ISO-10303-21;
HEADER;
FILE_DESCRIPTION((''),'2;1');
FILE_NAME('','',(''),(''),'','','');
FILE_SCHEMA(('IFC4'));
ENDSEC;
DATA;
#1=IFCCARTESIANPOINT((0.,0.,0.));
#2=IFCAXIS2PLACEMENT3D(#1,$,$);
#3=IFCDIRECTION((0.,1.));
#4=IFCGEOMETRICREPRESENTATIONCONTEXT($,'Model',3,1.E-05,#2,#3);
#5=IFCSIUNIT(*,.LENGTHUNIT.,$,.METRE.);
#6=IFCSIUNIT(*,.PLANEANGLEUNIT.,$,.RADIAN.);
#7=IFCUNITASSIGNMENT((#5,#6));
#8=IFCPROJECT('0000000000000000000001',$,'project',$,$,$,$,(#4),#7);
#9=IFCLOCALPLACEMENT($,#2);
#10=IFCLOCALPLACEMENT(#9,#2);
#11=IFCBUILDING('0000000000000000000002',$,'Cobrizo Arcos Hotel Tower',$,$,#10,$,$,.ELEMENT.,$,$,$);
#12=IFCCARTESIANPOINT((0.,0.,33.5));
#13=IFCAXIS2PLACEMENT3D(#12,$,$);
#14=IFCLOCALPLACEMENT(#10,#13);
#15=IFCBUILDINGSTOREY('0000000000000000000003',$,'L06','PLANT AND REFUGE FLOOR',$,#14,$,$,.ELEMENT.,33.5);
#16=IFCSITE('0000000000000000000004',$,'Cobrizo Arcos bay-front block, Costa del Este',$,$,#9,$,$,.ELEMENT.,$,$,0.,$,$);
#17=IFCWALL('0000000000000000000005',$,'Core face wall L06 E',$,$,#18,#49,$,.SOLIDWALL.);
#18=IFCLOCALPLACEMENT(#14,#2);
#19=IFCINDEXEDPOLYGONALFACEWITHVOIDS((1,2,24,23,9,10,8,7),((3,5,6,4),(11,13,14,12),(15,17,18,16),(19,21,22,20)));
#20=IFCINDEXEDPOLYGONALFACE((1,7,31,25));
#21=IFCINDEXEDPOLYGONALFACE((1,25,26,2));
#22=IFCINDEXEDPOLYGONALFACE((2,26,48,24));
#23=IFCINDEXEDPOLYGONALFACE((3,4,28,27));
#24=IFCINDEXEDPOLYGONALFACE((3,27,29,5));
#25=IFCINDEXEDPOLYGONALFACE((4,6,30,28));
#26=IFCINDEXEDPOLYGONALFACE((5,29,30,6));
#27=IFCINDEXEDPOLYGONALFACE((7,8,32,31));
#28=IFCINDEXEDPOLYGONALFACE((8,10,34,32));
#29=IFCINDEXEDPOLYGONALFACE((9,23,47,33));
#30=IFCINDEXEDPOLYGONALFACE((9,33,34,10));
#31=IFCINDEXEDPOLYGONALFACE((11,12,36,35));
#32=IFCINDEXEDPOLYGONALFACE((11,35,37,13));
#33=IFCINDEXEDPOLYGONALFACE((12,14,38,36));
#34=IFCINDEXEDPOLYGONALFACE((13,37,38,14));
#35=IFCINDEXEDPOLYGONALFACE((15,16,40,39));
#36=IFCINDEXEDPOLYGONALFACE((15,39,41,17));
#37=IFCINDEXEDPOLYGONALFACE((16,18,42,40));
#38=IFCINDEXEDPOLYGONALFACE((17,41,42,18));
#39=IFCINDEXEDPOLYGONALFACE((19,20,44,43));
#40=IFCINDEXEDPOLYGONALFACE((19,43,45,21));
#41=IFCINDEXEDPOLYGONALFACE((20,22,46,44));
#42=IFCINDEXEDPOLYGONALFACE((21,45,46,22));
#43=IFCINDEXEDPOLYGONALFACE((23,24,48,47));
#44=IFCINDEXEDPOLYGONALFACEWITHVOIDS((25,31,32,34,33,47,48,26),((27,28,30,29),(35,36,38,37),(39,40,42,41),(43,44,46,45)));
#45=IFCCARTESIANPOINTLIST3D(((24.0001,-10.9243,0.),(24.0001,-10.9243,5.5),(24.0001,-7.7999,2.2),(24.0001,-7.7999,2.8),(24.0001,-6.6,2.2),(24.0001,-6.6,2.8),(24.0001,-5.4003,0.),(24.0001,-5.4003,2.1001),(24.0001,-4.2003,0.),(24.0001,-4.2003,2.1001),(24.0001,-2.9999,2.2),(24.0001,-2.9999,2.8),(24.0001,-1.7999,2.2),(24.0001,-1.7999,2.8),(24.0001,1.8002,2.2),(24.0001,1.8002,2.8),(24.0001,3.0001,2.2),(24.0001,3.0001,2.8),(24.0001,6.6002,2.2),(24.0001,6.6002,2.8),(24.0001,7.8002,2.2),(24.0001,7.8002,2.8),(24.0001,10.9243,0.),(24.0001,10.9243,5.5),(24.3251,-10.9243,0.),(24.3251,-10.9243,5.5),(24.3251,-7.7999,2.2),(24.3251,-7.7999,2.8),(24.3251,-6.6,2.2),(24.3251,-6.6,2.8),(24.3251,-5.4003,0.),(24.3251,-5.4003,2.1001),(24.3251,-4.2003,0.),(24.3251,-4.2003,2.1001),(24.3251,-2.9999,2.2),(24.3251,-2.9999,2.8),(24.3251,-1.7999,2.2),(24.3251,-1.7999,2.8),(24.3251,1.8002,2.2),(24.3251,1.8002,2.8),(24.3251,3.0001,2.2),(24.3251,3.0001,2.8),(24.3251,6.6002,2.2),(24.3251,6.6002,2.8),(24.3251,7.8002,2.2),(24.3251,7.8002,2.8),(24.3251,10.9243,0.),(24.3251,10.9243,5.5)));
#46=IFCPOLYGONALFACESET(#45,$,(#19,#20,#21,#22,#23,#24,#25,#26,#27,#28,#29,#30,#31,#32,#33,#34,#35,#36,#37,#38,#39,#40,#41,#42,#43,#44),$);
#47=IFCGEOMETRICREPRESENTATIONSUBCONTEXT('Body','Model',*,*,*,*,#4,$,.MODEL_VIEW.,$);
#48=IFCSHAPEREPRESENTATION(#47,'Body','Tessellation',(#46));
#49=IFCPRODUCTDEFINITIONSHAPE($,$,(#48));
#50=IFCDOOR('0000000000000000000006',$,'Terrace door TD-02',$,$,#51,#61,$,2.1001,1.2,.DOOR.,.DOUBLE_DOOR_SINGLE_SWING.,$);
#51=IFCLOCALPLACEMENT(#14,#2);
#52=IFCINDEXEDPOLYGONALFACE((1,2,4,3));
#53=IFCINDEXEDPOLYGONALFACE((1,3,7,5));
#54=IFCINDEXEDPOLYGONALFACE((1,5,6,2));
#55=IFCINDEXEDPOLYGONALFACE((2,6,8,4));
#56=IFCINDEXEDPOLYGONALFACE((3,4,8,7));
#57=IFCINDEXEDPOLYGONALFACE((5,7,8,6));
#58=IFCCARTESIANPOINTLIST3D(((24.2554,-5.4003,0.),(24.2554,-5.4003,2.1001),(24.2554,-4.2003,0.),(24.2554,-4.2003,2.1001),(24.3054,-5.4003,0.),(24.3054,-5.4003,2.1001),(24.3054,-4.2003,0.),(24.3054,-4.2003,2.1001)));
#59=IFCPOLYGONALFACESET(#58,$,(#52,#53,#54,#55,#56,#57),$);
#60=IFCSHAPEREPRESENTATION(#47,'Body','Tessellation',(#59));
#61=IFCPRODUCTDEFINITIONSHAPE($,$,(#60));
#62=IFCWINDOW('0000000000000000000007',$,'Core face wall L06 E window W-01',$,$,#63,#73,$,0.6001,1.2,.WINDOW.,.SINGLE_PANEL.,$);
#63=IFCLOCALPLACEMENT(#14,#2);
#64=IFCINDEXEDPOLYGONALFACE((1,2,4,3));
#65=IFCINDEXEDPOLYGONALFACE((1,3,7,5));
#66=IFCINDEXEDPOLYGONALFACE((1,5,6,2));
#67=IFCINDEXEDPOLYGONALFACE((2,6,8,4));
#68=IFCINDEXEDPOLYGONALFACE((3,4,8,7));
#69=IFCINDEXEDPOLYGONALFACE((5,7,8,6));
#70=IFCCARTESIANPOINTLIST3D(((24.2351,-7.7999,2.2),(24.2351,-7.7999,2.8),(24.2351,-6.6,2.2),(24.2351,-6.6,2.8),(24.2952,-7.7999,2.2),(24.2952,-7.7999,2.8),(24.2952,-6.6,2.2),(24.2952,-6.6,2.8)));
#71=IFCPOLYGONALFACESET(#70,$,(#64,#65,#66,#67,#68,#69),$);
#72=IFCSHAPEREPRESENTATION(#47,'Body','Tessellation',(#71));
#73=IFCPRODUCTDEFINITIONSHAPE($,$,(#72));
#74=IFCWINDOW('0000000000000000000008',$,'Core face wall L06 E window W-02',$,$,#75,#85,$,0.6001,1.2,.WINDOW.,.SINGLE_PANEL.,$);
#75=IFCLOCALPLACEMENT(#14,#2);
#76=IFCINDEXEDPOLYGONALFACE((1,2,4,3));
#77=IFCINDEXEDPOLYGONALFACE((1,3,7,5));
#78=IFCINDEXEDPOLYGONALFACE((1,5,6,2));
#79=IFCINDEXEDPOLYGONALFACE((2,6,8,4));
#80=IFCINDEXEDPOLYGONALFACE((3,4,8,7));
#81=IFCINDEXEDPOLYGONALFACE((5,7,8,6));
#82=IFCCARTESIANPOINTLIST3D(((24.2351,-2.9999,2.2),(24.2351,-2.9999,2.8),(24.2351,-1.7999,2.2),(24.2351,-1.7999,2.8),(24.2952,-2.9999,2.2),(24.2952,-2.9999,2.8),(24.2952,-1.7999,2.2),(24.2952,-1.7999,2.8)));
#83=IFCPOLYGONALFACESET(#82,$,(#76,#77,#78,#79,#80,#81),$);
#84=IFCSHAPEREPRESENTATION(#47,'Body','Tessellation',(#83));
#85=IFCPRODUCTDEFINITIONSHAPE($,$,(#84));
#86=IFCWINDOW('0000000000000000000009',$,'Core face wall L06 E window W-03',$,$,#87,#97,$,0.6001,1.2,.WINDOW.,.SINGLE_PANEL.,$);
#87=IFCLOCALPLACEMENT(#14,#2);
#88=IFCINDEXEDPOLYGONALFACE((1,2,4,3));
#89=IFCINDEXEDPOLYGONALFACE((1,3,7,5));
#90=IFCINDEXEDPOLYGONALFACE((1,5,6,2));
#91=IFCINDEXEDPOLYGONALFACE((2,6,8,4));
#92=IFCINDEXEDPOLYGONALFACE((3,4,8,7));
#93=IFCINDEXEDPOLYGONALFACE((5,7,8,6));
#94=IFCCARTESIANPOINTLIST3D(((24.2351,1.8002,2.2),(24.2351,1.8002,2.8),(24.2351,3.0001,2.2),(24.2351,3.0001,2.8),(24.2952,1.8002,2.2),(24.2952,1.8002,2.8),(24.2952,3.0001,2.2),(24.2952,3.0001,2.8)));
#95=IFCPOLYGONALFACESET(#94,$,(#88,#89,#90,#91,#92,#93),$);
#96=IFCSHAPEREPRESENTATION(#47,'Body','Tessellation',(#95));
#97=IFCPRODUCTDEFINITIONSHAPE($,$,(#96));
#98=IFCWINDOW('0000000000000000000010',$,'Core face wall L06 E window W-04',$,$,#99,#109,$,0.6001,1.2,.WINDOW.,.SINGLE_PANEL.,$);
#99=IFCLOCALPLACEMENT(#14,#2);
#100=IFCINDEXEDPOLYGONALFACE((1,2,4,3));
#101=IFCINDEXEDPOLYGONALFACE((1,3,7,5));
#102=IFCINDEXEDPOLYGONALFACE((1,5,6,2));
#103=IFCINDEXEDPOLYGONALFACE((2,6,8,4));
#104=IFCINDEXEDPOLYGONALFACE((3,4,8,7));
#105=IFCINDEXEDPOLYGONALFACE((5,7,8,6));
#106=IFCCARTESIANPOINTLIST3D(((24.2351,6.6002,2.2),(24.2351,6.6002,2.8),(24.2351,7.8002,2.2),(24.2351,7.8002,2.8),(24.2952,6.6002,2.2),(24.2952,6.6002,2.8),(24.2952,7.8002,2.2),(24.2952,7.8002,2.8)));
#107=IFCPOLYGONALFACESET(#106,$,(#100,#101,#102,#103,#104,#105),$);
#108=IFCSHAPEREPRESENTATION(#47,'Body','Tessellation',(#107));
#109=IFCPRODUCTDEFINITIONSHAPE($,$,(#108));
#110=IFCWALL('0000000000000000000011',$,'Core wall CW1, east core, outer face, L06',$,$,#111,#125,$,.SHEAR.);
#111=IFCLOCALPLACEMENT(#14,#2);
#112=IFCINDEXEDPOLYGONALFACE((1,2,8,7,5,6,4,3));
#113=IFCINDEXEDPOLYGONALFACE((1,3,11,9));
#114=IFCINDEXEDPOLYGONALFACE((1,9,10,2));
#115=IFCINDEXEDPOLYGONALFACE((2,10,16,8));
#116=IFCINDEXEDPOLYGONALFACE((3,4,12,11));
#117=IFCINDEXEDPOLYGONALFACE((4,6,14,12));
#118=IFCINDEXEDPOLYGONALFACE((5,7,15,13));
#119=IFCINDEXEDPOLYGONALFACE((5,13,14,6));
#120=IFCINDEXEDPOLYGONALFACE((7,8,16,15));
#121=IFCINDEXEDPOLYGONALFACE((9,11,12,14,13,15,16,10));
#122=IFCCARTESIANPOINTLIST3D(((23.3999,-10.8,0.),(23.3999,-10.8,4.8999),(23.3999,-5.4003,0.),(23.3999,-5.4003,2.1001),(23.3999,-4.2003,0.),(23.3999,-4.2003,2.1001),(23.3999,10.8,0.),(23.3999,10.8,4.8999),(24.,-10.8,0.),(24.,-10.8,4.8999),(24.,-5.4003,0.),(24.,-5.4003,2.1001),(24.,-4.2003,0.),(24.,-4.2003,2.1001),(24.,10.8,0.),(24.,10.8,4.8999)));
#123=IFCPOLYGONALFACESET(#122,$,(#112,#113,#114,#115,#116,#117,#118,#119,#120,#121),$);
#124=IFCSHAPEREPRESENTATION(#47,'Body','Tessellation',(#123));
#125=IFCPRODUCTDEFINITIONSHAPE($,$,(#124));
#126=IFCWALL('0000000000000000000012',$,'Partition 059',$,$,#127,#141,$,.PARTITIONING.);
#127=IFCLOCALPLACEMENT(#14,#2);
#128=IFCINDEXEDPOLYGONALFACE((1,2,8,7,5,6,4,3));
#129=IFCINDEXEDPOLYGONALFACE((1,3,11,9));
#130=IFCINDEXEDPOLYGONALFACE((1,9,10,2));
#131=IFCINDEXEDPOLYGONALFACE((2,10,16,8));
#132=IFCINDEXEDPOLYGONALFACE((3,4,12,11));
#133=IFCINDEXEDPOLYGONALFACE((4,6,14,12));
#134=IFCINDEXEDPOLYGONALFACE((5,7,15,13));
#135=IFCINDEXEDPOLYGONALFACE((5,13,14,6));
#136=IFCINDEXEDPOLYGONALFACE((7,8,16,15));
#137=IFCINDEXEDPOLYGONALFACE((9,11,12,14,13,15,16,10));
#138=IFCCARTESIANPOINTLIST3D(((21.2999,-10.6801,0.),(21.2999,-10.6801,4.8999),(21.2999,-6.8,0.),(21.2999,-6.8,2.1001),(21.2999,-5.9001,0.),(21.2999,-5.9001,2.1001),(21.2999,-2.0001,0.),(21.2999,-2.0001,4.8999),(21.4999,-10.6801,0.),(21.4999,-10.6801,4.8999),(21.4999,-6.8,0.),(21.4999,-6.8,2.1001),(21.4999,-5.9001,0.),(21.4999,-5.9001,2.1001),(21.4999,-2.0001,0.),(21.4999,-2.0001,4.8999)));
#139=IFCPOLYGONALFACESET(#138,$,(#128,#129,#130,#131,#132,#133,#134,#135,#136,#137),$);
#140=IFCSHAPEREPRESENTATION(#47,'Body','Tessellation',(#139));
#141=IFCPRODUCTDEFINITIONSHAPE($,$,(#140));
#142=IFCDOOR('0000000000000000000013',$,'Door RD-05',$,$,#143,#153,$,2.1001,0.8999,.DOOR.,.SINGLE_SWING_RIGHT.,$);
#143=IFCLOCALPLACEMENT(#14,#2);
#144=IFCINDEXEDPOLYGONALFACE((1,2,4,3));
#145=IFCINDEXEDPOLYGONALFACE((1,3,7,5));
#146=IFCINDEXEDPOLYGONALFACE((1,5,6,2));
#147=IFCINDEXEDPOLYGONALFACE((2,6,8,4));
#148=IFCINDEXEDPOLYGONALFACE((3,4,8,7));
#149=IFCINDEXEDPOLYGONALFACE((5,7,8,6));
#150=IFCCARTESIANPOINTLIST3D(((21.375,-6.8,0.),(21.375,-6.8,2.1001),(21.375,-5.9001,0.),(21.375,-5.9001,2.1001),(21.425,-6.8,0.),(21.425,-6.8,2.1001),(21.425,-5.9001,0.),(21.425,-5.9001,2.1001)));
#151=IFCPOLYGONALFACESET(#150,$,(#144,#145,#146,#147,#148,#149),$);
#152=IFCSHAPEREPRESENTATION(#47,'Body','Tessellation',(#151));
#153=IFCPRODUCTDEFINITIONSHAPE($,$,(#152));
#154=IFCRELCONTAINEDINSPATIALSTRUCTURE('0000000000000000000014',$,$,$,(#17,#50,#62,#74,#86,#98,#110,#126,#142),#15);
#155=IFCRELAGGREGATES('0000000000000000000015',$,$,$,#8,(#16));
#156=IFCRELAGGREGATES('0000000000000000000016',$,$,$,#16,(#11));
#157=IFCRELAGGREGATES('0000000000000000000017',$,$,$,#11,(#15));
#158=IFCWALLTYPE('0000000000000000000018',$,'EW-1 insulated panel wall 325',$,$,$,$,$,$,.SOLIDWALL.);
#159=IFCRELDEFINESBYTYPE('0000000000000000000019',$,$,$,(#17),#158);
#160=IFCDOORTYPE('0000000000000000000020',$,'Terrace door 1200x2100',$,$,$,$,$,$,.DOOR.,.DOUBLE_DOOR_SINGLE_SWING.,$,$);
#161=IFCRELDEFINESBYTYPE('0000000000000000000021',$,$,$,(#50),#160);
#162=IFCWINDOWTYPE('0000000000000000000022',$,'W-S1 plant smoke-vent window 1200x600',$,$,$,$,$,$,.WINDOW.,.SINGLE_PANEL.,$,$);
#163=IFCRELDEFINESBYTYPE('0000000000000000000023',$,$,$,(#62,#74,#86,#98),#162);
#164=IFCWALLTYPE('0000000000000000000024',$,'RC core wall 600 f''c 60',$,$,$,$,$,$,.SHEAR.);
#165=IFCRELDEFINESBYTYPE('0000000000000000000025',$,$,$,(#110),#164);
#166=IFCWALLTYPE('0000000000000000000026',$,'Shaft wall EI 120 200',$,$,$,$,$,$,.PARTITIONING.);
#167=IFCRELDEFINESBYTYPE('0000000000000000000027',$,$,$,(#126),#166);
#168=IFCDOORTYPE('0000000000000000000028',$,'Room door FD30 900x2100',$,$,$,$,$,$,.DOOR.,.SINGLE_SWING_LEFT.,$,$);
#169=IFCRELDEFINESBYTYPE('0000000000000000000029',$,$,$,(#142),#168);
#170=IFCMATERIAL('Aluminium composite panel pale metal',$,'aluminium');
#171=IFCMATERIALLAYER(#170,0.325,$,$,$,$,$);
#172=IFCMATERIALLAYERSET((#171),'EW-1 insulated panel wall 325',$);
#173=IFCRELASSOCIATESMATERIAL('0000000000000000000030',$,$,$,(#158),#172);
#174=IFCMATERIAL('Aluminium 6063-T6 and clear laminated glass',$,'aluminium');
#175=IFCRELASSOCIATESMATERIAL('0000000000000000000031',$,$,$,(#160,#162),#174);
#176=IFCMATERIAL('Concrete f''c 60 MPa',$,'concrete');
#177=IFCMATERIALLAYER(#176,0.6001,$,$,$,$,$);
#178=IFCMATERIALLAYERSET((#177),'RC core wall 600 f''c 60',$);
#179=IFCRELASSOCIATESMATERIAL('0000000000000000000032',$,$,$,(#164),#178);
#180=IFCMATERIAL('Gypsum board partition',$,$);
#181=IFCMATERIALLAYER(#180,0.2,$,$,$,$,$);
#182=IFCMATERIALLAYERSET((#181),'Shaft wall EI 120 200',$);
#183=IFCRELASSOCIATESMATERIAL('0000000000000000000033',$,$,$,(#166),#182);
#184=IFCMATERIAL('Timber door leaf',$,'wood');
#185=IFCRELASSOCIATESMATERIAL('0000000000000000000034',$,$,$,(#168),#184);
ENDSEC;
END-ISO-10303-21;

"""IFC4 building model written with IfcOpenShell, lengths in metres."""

from ifc_helpers import new_model, si_unit, direction, frame, frame_2d, origin, place, context, subcontext, project, spatial, rectangle, extrude, material, layer, layer_set, type_object, element, fill, save


model = new_model("IFC4")

# Units and contexts
model_context = context("Model", 3, precision=1e-05, world=origin(), true_north=direction((0.0, 1.0)))
body_context = subcontext(model_context, "Body", "Model", "MODEL_VIEW")
ifc_project = project(units=[si_unit("LENGTHUNIT", "METRE"), si_unit("PLANEANGLEUNIT", "RADIAN")], contexts=[model_context])

# Site, building, storey
site_placement = place(None, origin())
site = spatial("IfcSite", under=ifc_project, at=site_placement, Name="Cobrizo Arcos bay-front block, Costa del Este", CompositionType="ELEMENT", RefElevation=0.0)
building_placement = place(site_placement, origin())
building = spatial("IfcBuilding", under=site, at=building_placement, Name="Cobrizo Arcos Hotel Tower", CompositionType="ELEMENT")
storey_placement = place(building_placement, frame((0.0, 0.0, 33.5)))
storey = spatial("IfcBuildingStorey", under=building, at=storey_placement, Name="L06", Description="PLANT AND REFUGE FLOOR", CompositionType="ELEMENT", Elevation=33.5)

# Shared definitions
ifc_material_1 = material(Name="Aluminium composite panel pale metal", Category="aluminium")

# Wall, openings, door, windows
ifc_layer_1 = layer(ifc_material_1, 0.325)
ifc_layer_set_1 = layer_set([ifc_layer_1], Name="EW-1 insulated panel wall 325")
wall_type_1 = type_object("IfcWallType", Name="EW-1 insulated panel wall 325", PredefinedType="SOLIDWALL", material=ifc_layer_set_1)
wall_1_placement = place(storey_placement, frame((24.1626, -10.9243, 0.0), z_axis=(0.0, 0.0, 1.0), x_axis=(0.0, 1.0, 0.0)))
wall_1 = element("IfcWall", 1, at=wall_1_placement, inside=storey, type_object=wall_type_1, Name="Core face wall L06 E", PredefinedType="SOLIDWALL", context=body_context, shape_type="SweptSolid", body=[
    extrude(rectangle(XDim=21.8486, YDim=0.325, at=frame_2d((10.9243, 0.0))), origin(), (0.0, 0.0, 1.0), 5.5),
])
opening_1_placement = place(wall_1_placement, frame((3.1243, 0.0, 2.2)))
opening_1 = element("IfcOpeningElement", 2, at=opening_1_placement, cuts=wall_1, PredefinedType="OPENING", context=body_context, shape_type="SweptSolid", body=[
    extrude(rectangle(XDim=1.2, YDim=0.6001, at=frame_2d((0.6001, 0.3))), frame((0.0, 0.1746, 0.0), z_axis=(0.0, -1.0, 0.0), x_axis=(1.0, 0.0, 0.0)), (0.0, 0.0, 1.0), 0.3489),
])
opening_2_placement = place(wall_1_placement, frame((7.9243, 0.0, 2.2)))
opening_2 = element("IfcOpeningElement", 3, at=opening_2_placement, cuts=wall_1, PredefinedType="OPENING", context=body_context, shape_type="SweptSolid", body=[
    extrude(rectangle(XDim=1.2, YDim=0.6001, at=frame_2d((0.6001, 0.3))), frame((0.0, 0.1746, 0.0), z_axis=(0.0, -1.0, 0.0), x_axis=(1.0, 0.0, 0.0)), (0.0, 0.0, 1.0), 0.3489),
])
opening_3_placement = place(wall_1_placement, frame((12.7244, 0.0, 2.2)))
opening_3 = element("IfcOpeningElement", 4, at=opening_3_placement, cuts=wall_1, PredefinedType="OPENING", context=body_context, shape_type="SweptSolid", body=[
    extrude(rectangle(XDim=1.2, YDim=0.6001, at=frame_2d((0.6001, 0.3))), frame((0.0, 0.1746, 0.0), z_axis=(0.0, -1.0, 0.0), x_axis=(1.0, 0.0, 0.0)), (0.0, 0.0, 1.0), 0.3489),
])
opening_4_placement = place(wall_1_placement, frame((17.5244, 0.0, 2.2)))
opening_4 = element("IfcOpeningElement", 5, at=opening_4_placement, cuts=wall_1, PredefinedType="OPENING", context=body_context, shape_type="SweptSolid", body=[
    extrude(rectangle(XDim=1.2, YDim=0.6001, at=frame_2d((0.6001, 0.3))), frame((0.0, 0.1746, 0.0), z_axis=(0.0, -1.0, 0.0), x_axis=(1.0, 0.0, 0.0)), (0.0, 0.0, 1.0), 0.3489),
])
opening_5_placement = place(wall_1_placement, frame((5.5239, 0.0, 0.0)))
opening_5 = element("IfcOpeningElement", 6, at=opening_5_placement, cuts=wall_1, PredefinedType="OPENING", context=body_context, shape_type="SweptSolid", body=[
    extrude(rectangle(XDim=1.2, YDim=2.1001, at=frame_2d((0.6001, 1.05))), frame((0.0, 0.1746, 0.0), z_axis=(0.0, -1.0, 0.0), x_axis=(1.0, 0.0, 0.0)), (0.0, 0.0, 1.0), 0.3489),
])
ifc_material_2 = material(Name="Aluminium 6063-T6 and clear laminated glass", Category="aluminium")
door_type_1 = type_object("IfcDoorType", Name="Terrace door 1200x2100", OperationType="DOUBLE_DOOR_SINGLE_SWING", PredefinedType="DOOR", material=ifc_material_2)
door_1_placement = place(opening_5_placement, origin())
door_1 = element("IfcDoor", 7, at=door_1_placement, inside=storey, type_object=door_type_1, Name="Terrace door TD-02", OperationType="DOUBLE_DOOR_SINGLE_SWING", OverallHeight=2.1001, OverallWidth=1.2, PredefinedType="DOOR", context=body_context, shape_type="SweptSolid", body=[
    extrude(rectangle(XDim=1.2, YDim=2.1001, at=frame_2d((0.6001, 1.05))), frame((0.0, -0.0928, 0.0), z_axis=(0.0, -1.0, 0.0), x_axis=(1.0, 0.0, 0.0)), (0.0, 0.0, 1.0), 0.05),
])
fill(opening_5, door_1)
window_type = type_object("IfcWindowType", Name="W-S1 plant smoke-vent window 1200x600", PartitioningType="SINGLE_PANEL", PredefinedType="WINDOW", material=ifc_material_2)
window_1_placement = place(opening_1_placement, origin())
window_1 = element("IfcWindow", 8, at=window_1_placement, inside=storey, type_object=window_type, Name="Core face wall L06 E window W-01", OverallHeight=0.6001, OverallWidth=1.2, PartitioningType="SINGLE_PANEL", PredefinedType="WINDOW", context=body_context, shape_type="SweptSolid", body=[
    extrude(rectangle(XDim=1.2, YDim=0.6001, at=frame_2d((0.6001, 0.3))), frame((0.0, -0.0725, 0.0), z_axis=(0.0, -1.0, 0.0), x_axis=(1.0, 0.0, 0.0)), (0.0, 0.0, 1.0), 0.0601),
])
fill(opening_1, window_1)
window_2_placement = place(opening_2_placement, origin())
window_2 = element("IfcWindow", 9, at=window_2_placement, inside=storey, type_object=window_type, Name="Core face wall L06 E window W-02", OverallHeight=0.6001, OverallWidth=1.2, PartitioningType="SINGLE_PANEL", PredefinedType="WINDOW", context=body_context, shape_type="SweptSolid", body=[
    extrude(rectangle(XDim=1.2, YDim=0.6001, at=frame_2d((0.6001, 0.3))), frame((0.0, -0.0725, 0.0), z_axis=(0.0, -1.0, 0.0), x_axis=(1.0, 0.0, 0.0)), (0.0, 0.0, 1.0), 0.0601),
])
fill(opening_2, window_2)
window_3_placement = place(opening_3_placement, origin())
window_3 = element("IfcWindow", 10, at=window_3_placement, inside=storey, type_object=window_type, Name="Core face wall L06 E window W-03", OverallHeight=0.6001, OverallWidth=1.2, PartitioningType="SINGLE_PANEL", PredefinedType="WINDOW", context=body_context, shape_type="SweptSolid", body=[
    extrude(rectangle(XDim=1.2, YDim=0.6001, at=frame_2d((0.6001, 0.3))), frame((0.0, -0.0725, 0.0), z_axis=(0.0, -1.0, 0.0), x_axis=(1.0, 0.0, 0.0)), (0.0, 0.0, 1.0), 0.0601),
])
fill(opening_3, window_3)
window_4_placement = place(opening_4_placement, origin())
window_4 = element("IfcWindow", 11, at=window_4_placement, inside=storey, type_object=window_type, Name="Core face wall L06 E window W-04", OverallHeight=0.6001, OverallWidth=1.2, PartitioningType="SINGLE_PANEL", PredefinedType="WINDOW", context=body_context, shape_type="SweptSolid", body=[
    extrude(rectangle(XDim=1.2, YDim=0.6001, at=frame_2d((0.6001, 0.3))), frame((0.0, -0.0725, 0.0), z_axis=(0.0, -1.0, 0.0), x_axis=(1.0, 0.0, 0.0)), (0.0, 0.0, 1.0), 0.0601),
])
fill(opening_4, window_4)

# Wall, opening
ifc_material_3 = material(Name="Concrete f'c 60 MPa", Category="concrete")
ifc_layer_2 = layer(ifc_material_3, 0.6001)
ifc_layer_set_2 = layer_set([ifc_layer_2], Name="RC core wall 600 f'c 60")
wall_type_2 = type_object("IfcWallType", Name="RC core wall 600 f'c 60", PredefinedType="SHEAR", material=ifc_layer_set_2)
wall_2_placement = place(storey_placement, frame((23.7, -10.8, 0.0), z_axis=(0.0, 0.0, 1.0), x_axis=(0.0, 1.0, 0.0)))
wall_2 = element("IfcWall", 12, at=wall_2_placement, inside=storey, type_object=wall_type_2, Name="Core wall CW1, east core, outer face, L06", PredefinedType="SHEAR", context=body_context, shape_type="SweptSolid", body=[
    extrude(rectangle(XDim=21.6001, YDim=0.6001, at=frame_2d((10.8, 0.0))), origin(), (0.0, 0.0, 1.0), 4.8999),
])
opening_6_placement = place(wall_2_placement, frame((5.3997, 0.0, 0.0)))
element("IfcOpeningElement", 13, at=opening_6_placement, cuts=wall_2, PredefinedType="OPENING", context=body_context, shape_type="SweptSolid", body=[
    extrude(rectangle(XDim=1.2, YDim=2.1001, at=frame_2d((0.6001, 1.05))), frame((0.0, 0.312, 0.0), z_axis=(0.0, -1.0, 0.0), x_axis=(1.0, 0.0, 0.0)), (0.0, 0.0, 1.0), 0.624),
])

# Wall, opening, door
ifc_material_4 = material(Name="Gypsum board partition")
ifc_layer_3 = layer(ifc_material_4, 0.2)
ifc_layer_set_3 = layer_set([ifc_layer_3], Name="Shaft wall EI 120 200")
wall_type_3 = type_object("IfcWallType", Name="Shaft wall EI 120 200", PredefinedType="PARTITIONING", material=ifc_layer_set_3)
wall_3_placement = place(storey_placement, frame((21.3999, -10.6799, 0.0), z_axis=(0.0, 0.0, 1.0), x_axis=(0.0, 1.0, 0.0)))
wall_3 = element("IfcWall", 14, at=wall_3_placement, inside=storey, type_object=wall_type_3, Name="Partition 059", PredefinedType="PARTITIONING", context=body_context, shape_type="SweptSolid", body=[
    extrude(rectangle(XDim=8.6799, YDim=0.2, at=frame_2d((4.3398, 0.0))), origin(), (0.0, 0.0, 1.0), 4.8999),
])
opening_7_placement = place(wall_3_placement, frame((3.8799, 0.0, 0.0)))
opening_7 = element("IfcOpeningElement", 15, at=opening_7_placement, cuts=wall_3, PredefinedType="OPENING", context=body_context, shape_type="SweptSolid", body=[
    extrude(rectangle(XDim=0.8999, YDim=2.1001, at=frame_2d((0.45, 1.05))), frame((0.0, 0.1121, 0.0), z_axis=(0.0, -1.0, 0.0), x_axis=(1.0, 0.0, 0.0)), (0.0, 0.0, 1.0), 0.2239),
])
ifc_material_5 = material(Name="Timber door leaf", Category="wood")
door_type_2 = type_object("IfcDoorType", Name="Room door FD30 900x2100", OperationType="SINGLE_SWING_LEFT", PredefinedType="DOOR", material=ifc_material_5)
door_2_placement = place(opening_7_placement, origin())
door_2 = element("IfcDoor", 16, at=door_2_placement, inside=storey, type_object=door_type_2, Name="Door RD-05", OperationType="SINGLE_SWING_RIGHT", OverallHeight=2.1001, OverallWidth=0.8999, PredefinedType="DOOR", context=body_context, shape_type="SweptSolid", body=[
    extrude(rectangle(XDim=0.8999, YDim=2.1001, at=frame_2d((0.45, 1.05))), frame((0.0, 0.0249, 0.0), z_axis=(0.0, -1.0, 0.0), x_axis=(1.0, 0.0, 0.0)), (0.0, 0.0, 1.0), 0.05),
])
fill(opening_7, door_2)

save(model, "model.ifc")
